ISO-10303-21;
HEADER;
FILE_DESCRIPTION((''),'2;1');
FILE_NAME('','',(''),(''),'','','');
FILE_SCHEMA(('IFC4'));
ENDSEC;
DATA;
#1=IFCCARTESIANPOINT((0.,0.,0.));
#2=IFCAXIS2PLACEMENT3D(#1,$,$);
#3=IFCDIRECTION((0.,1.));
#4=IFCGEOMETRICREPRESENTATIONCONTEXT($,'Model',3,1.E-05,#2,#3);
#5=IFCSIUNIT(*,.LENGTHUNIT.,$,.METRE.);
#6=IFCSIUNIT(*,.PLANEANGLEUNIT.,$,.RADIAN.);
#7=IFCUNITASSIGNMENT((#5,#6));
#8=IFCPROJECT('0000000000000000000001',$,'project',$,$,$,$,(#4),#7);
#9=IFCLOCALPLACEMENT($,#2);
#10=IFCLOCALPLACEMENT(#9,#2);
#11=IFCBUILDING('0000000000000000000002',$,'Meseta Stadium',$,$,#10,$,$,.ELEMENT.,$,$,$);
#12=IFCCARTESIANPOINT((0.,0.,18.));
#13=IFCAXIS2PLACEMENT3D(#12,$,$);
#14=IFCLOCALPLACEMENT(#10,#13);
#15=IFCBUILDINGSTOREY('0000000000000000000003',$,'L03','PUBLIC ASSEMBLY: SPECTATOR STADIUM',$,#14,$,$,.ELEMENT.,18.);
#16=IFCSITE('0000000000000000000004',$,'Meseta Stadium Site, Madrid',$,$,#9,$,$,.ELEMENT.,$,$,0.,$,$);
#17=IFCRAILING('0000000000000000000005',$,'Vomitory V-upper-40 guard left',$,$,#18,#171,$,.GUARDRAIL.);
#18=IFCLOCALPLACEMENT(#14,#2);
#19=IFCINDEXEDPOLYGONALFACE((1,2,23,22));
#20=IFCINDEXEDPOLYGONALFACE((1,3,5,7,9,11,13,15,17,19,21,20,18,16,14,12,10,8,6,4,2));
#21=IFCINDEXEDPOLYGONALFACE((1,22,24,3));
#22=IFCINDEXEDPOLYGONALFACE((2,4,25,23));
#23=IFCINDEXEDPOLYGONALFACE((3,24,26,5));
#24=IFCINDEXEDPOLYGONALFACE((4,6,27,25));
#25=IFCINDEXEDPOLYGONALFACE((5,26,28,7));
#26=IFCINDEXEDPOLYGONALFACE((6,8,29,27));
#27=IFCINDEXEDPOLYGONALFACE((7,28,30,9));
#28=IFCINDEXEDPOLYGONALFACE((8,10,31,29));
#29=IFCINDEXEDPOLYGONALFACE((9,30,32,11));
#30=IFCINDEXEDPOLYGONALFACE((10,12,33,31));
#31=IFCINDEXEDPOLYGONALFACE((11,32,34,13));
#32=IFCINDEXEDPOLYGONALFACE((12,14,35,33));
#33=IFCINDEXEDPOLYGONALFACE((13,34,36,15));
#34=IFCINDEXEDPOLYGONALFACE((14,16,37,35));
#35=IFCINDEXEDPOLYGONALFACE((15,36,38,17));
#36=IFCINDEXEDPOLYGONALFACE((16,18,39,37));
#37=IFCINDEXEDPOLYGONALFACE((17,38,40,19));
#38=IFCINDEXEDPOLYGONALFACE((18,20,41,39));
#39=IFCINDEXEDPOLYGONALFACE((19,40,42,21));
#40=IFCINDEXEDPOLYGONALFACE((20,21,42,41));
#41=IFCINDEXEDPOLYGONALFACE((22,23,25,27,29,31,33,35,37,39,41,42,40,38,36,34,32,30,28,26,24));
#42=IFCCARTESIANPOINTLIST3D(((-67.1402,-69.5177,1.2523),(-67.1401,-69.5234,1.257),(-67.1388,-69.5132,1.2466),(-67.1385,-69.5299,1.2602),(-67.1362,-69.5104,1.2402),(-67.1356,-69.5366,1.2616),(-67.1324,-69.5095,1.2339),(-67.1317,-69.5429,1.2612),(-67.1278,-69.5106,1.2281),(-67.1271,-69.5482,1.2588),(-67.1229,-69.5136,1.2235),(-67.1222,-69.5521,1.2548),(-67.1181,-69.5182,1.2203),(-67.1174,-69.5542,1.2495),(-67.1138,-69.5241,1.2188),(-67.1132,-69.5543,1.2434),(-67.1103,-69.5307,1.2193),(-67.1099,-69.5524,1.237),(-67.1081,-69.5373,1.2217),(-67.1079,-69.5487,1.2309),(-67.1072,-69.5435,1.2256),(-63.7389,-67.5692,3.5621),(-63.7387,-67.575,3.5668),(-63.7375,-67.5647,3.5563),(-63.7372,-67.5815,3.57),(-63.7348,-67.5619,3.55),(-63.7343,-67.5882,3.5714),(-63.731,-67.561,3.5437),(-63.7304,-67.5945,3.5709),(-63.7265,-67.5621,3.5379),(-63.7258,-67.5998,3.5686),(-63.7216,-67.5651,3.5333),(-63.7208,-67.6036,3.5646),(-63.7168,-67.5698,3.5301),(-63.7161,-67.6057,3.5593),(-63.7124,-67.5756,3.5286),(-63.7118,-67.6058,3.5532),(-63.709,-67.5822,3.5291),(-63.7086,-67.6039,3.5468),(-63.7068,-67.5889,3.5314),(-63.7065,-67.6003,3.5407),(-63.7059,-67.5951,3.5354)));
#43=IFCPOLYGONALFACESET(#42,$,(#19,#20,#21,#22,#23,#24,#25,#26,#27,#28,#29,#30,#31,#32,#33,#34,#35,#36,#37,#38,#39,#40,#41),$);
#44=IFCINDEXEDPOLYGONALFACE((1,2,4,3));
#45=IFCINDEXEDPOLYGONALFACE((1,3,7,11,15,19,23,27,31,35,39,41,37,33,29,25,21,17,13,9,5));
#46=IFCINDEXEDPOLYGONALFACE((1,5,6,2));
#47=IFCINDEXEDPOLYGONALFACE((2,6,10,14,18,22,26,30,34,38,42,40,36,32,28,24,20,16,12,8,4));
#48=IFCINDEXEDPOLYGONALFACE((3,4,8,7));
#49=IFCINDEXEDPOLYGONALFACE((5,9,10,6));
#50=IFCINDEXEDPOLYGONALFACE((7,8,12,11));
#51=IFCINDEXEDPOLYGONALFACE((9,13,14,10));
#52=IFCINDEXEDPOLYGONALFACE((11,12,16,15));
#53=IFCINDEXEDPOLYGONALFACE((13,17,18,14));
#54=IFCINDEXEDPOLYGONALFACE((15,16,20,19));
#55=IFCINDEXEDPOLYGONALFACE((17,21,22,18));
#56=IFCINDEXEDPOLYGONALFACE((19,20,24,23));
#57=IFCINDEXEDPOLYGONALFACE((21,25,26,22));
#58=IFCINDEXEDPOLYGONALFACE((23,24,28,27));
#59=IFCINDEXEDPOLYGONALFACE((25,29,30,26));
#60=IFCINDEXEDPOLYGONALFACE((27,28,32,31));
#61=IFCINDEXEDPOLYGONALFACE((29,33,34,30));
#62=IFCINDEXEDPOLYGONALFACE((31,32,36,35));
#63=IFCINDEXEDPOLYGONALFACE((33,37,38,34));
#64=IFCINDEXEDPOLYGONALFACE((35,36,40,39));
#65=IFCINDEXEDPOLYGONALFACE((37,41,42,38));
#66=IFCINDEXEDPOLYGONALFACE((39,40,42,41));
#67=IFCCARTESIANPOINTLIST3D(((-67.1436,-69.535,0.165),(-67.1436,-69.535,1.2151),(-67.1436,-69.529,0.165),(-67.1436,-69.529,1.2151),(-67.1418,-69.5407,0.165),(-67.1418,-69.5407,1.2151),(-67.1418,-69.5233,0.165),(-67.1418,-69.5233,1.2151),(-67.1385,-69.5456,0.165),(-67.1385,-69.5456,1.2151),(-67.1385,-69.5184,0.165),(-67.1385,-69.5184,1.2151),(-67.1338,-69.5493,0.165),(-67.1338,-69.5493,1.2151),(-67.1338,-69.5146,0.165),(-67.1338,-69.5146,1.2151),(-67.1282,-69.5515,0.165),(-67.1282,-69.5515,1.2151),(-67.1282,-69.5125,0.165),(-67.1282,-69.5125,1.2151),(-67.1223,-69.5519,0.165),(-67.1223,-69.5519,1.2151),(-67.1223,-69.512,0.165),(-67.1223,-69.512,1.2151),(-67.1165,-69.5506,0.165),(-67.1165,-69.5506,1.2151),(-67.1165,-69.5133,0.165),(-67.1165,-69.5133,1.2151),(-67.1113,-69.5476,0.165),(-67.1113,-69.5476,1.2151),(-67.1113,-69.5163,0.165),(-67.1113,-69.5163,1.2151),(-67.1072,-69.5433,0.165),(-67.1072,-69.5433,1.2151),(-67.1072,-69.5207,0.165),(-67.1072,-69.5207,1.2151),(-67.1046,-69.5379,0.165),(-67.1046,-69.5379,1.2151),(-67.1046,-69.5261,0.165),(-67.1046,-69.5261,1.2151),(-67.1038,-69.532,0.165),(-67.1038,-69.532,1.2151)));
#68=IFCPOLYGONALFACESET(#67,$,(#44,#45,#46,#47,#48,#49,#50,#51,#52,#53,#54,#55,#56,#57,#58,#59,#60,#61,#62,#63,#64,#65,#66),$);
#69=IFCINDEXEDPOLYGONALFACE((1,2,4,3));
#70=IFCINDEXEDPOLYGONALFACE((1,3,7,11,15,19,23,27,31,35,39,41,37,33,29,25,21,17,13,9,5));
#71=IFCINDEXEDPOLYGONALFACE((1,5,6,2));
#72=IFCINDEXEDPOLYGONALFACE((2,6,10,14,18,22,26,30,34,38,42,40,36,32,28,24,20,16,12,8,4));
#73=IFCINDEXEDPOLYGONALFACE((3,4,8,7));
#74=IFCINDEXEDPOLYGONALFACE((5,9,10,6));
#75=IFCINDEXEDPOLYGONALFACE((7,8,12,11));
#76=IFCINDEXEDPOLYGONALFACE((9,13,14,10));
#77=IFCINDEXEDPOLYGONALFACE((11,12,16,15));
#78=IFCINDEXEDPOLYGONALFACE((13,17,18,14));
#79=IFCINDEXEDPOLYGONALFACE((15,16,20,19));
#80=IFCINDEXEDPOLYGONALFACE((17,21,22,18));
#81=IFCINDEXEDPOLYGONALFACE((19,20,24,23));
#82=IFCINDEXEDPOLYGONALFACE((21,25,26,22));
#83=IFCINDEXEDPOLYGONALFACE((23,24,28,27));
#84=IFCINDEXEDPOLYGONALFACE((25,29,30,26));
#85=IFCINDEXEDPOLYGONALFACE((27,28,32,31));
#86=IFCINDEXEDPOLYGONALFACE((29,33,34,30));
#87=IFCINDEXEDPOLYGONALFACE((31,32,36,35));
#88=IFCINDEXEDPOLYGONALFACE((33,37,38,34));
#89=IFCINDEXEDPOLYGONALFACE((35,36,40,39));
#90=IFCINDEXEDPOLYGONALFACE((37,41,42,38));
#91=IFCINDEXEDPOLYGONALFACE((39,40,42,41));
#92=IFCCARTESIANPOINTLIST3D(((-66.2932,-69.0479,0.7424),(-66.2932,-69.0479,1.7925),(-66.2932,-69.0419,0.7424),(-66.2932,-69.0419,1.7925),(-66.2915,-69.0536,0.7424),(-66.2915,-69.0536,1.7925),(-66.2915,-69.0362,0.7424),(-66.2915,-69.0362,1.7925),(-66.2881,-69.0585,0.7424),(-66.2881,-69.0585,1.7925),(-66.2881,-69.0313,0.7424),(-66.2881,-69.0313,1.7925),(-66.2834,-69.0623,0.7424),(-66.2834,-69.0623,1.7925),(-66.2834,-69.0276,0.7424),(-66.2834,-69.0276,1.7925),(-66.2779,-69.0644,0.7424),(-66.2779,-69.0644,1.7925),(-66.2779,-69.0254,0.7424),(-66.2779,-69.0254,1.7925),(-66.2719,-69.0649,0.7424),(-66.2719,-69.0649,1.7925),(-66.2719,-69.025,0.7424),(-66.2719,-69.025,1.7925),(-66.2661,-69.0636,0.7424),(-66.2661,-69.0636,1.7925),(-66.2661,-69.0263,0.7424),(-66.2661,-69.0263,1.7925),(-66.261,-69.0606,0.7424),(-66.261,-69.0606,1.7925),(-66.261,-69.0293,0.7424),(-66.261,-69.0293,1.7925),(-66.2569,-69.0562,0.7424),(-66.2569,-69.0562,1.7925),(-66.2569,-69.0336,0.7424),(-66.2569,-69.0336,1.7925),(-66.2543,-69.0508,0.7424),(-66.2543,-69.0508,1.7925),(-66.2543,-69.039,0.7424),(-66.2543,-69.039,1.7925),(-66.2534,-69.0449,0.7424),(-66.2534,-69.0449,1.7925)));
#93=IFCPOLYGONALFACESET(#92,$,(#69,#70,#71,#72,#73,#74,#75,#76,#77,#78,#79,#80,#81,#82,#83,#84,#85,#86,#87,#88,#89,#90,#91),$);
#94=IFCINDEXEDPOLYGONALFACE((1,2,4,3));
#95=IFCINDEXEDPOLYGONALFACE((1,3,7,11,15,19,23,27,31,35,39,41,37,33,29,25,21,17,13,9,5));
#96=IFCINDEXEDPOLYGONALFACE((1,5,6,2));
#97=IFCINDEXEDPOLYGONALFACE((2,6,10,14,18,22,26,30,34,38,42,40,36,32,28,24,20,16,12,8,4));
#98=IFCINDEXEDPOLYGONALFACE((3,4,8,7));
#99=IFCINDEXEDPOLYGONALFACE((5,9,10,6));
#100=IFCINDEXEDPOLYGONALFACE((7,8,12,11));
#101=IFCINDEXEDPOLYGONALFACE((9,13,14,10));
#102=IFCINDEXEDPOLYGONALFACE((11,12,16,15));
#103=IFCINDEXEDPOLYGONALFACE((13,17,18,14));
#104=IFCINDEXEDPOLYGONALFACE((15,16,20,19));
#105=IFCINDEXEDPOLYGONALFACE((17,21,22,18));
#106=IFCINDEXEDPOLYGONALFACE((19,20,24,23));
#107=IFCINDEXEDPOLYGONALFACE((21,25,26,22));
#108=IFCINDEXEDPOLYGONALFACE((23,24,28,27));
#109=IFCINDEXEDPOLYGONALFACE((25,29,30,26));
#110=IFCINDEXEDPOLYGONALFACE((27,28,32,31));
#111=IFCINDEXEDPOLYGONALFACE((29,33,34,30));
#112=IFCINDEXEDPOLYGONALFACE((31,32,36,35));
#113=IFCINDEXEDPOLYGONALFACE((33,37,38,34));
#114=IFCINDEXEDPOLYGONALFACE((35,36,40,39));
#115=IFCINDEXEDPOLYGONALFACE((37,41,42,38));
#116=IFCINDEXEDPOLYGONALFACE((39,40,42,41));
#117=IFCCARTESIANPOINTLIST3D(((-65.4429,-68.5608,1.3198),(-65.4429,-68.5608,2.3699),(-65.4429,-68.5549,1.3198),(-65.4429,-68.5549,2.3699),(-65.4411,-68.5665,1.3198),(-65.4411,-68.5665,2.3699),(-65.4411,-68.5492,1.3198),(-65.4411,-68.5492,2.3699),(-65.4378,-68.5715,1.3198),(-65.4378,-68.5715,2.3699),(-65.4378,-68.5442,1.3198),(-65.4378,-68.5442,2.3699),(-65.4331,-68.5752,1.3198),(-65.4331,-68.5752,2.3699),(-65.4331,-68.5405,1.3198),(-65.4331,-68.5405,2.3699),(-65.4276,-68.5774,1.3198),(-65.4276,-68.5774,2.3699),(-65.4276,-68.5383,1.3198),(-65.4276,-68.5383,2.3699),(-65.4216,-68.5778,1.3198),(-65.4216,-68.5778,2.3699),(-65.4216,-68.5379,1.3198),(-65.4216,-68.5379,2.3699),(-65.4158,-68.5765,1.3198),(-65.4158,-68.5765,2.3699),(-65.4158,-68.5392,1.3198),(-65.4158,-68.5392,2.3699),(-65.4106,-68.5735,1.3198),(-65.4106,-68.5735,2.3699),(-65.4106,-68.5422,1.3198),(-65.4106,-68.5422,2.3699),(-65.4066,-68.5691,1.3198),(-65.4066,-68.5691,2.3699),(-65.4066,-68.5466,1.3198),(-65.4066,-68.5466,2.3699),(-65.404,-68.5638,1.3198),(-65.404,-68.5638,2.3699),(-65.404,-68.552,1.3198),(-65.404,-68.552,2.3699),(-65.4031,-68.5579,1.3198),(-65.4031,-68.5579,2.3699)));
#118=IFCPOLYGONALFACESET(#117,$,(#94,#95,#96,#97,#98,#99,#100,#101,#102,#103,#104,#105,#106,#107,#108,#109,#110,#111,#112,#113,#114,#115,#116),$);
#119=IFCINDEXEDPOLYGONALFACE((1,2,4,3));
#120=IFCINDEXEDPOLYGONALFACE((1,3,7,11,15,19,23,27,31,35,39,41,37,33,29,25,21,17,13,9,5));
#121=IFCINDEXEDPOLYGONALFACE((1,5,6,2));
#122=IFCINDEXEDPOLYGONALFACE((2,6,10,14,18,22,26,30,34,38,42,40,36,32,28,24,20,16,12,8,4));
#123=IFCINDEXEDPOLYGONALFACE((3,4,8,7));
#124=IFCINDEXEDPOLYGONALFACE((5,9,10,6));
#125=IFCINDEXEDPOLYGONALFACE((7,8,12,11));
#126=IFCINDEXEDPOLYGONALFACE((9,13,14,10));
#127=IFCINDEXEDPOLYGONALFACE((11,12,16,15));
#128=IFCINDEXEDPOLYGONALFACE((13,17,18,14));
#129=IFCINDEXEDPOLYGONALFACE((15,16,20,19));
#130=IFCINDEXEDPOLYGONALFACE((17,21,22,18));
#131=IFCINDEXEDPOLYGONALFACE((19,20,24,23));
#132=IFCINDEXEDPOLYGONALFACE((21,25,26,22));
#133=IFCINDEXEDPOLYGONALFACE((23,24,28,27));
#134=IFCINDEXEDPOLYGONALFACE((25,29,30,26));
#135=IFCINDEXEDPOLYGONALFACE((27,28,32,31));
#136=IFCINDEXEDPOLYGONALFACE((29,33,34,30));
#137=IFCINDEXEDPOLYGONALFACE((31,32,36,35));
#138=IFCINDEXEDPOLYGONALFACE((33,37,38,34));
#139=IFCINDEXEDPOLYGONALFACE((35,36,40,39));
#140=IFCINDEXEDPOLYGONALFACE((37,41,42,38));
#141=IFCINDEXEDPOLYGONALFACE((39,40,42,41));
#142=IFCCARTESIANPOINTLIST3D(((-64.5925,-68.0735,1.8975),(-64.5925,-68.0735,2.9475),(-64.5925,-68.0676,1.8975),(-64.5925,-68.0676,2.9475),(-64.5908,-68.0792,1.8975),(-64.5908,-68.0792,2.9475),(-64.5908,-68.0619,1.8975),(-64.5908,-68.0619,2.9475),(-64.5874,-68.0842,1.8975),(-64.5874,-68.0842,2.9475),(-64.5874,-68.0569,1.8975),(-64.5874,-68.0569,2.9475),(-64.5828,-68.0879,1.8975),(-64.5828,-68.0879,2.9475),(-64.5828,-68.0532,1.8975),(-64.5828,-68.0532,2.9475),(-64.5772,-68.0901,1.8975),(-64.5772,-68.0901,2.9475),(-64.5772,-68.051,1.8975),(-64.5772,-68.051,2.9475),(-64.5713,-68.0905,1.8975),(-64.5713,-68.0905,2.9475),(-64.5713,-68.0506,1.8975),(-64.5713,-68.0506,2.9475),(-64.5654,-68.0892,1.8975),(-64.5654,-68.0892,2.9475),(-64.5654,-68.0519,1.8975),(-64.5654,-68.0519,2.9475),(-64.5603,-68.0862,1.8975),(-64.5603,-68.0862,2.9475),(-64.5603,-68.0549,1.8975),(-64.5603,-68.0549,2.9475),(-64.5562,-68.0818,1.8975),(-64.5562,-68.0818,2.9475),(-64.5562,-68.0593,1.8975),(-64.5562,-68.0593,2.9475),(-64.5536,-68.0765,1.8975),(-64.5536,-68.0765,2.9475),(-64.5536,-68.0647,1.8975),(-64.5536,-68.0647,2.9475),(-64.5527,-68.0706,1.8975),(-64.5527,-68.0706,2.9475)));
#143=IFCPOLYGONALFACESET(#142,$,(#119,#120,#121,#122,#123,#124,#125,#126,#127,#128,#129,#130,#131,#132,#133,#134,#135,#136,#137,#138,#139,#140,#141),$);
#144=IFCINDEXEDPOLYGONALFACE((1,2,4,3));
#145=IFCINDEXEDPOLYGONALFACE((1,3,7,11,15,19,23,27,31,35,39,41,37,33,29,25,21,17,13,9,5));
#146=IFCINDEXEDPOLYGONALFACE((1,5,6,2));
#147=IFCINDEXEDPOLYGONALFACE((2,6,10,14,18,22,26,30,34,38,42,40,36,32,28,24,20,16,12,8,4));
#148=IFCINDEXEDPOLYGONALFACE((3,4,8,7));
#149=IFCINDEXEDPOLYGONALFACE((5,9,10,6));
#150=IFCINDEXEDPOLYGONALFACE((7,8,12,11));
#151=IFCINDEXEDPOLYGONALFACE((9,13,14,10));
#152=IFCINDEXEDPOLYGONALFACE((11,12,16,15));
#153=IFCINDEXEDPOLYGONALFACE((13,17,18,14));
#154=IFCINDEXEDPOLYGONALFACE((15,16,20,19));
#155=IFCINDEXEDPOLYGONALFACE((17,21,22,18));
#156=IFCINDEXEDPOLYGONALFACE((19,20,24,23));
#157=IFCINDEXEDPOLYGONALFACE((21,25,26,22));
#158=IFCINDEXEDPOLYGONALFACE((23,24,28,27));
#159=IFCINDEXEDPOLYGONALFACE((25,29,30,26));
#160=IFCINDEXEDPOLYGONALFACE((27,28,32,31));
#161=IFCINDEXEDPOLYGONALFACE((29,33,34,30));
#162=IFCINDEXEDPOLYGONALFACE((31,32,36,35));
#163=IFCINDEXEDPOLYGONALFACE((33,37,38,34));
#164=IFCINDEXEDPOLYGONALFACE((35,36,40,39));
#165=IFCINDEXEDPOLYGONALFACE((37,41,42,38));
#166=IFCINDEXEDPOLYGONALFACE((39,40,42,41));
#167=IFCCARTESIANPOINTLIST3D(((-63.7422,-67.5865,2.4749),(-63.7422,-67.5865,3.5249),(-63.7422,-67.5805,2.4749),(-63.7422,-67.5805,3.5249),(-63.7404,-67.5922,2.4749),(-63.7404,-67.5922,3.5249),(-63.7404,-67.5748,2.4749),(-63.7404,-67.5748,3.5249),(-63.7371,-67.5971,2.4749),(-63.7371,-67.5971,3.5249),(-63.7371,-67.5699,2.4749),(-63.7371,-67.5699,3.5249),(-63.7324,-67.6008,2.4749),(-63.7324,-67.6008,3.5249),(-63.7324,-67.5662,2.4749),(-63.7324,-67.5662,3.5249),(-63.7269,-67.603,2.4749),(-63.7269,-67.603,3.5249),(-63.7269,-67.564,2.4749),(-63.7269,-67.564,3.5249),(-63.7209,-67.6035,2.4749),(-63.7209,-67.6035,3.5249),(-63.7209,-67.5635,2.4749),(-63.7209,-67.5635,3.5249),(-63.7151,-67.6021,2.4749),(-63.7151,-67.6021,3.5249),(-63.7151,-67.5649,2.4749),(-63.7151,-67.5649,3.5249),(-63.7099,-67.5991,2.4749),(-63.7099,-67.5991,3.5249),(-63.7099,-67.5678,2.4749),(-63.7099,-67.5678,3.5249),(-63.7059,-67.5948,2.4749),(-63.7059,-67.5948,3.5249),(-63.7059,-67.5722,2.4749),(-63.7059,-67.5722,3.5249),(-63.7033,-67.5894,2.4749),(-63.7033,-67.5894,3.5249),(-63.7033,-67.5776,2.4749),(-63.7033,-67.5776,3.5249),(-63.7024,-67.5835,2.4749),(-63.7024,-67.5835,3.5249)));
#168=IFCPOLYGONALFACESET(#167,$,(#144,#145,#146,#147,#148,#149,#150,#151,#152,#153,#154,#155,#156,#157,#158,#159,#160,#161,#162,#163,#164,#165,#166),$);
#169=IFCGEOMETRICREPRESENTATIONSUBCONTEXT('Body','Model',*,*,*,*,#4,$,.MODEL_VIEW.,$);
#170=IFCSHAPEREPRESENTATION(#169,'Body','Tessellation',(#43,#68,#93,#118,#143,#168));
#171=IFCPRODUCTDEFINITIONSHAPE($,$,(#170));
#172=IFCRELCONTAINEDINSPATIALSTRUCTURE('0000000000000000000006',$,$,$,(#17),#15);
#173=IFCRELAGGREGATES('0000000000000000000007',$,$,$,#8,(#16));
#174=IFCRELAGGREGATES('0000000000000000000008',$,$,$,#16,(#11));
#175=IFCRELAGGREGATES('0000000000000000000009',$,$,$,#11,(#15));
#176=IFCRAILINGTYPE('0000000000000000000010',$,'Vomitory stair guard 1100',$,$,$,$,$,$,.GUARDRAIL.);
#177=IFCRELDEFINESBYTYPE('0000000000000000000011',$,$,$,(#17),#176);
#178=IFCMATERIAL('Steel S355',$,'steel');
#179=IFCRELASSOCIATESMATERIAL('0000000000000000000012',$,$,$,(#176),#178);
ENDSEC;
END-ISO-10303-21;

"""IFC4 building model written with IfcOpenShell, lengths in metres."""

from ifc_helpers import new_model, si_unit, direction, frame, origin, origin_2d, place, context, subcontext, project, spatial, circle, extrude, material, type_object, element, save


model = new_model("IFC4")

# Units and contexts
model_context = context("Model", 3, precision=1e-05, world=origin(), true_north=direction((0.0, 1.0)))
body_context = subcontext(model_context, "Body", "Model", "MODEL_VIEW")
ifc_project = project(units=[si_unit("LENGTHUNIT", "METRE"), si_unit("PLANEANGLEUNIT", "RADIAN")], contexts=[model_context])

# Site, building, storey
site_placement = place(None, origin())
site = spatial("IfcSite", under=ifc_project, at=site_placement, Name="Meseta Stadium Site, Madrid", CompositionType="ELEMENT", RefElevation=0.0)
building_placement = place(site_placement, origin())
building = spatial("IfcBuilding", under=site, at=building_placement, Name="Meseta Stadium", CompositionType="ELEMENT")
storey_placement = place(building_placement, frame((0.0, 0.0, 18.0)))
storey = spatial("IfcBuildingStorey", under=building, at=storey_placement, Name="L03", Description="PUBLIC ASSEMBLY: SPECTATOR STADIUM", CompositionType="ELEMENT", Elevation=18.0)

# Railing
ifc_material_1 = material(Name="Steel S355", Category="steel")
railing_type_1 = type_object("IfcRailingType", Name="Vomitory stair guard 1100", PredefinedType="GUARDRAIL", material=ifc_material_1)
railing_1_placement = place(storey_placement, frame((-67.1238, -69.532, 0.165)))
element("IfcRailing", 1, at=railing_1_placement, inside=storey, type_object=railing_type_1, Name="Vomitory V-upper-40 guard left", PredefinedType="GUARDRAIL", context=body_context, shape_type="SweptSolid", body=[
    extrude(circle(Radius=0.0249, at=origin_2d()), frame((0.0, 0.0, 1.0752), z_axis=(0.747578, 0.428253, 0.507668), x_axis=(-0.497071, 0.86771, 0.0)), (0.0, 0.0, 1.0), 4.5498),
    extrude(circle(Radius=0.02, at=origin_2d()), origin(), (0.0, 0.0, 1.0), 1.05),
    extrude(circle(Radius=0.02, at=origin_2d()), frame((0.8503, 0.4871, 0.5774)), (0.0, 0.0, 1.0), 1.05),
    extrude(circle(Radius=0.02, at=origin_2d()), frame((1.7007, 0.9741, 1.1548)), (0.0, 0.0, 1.0), 1.05),
    extrude(circle(Radius=0.02, at=origin_2d()), frame((2.551, 1.4614, 1.7324)), (0.0, 0.0, 1.0), 1.05),
    extrude(circle(Radius=0.02, at=origin_2d()), frame((3.4014, 1.9485, 2.3098)), (0.0, 0.0, 1.0), 1.05),
])

save(model, "model.ifc")
